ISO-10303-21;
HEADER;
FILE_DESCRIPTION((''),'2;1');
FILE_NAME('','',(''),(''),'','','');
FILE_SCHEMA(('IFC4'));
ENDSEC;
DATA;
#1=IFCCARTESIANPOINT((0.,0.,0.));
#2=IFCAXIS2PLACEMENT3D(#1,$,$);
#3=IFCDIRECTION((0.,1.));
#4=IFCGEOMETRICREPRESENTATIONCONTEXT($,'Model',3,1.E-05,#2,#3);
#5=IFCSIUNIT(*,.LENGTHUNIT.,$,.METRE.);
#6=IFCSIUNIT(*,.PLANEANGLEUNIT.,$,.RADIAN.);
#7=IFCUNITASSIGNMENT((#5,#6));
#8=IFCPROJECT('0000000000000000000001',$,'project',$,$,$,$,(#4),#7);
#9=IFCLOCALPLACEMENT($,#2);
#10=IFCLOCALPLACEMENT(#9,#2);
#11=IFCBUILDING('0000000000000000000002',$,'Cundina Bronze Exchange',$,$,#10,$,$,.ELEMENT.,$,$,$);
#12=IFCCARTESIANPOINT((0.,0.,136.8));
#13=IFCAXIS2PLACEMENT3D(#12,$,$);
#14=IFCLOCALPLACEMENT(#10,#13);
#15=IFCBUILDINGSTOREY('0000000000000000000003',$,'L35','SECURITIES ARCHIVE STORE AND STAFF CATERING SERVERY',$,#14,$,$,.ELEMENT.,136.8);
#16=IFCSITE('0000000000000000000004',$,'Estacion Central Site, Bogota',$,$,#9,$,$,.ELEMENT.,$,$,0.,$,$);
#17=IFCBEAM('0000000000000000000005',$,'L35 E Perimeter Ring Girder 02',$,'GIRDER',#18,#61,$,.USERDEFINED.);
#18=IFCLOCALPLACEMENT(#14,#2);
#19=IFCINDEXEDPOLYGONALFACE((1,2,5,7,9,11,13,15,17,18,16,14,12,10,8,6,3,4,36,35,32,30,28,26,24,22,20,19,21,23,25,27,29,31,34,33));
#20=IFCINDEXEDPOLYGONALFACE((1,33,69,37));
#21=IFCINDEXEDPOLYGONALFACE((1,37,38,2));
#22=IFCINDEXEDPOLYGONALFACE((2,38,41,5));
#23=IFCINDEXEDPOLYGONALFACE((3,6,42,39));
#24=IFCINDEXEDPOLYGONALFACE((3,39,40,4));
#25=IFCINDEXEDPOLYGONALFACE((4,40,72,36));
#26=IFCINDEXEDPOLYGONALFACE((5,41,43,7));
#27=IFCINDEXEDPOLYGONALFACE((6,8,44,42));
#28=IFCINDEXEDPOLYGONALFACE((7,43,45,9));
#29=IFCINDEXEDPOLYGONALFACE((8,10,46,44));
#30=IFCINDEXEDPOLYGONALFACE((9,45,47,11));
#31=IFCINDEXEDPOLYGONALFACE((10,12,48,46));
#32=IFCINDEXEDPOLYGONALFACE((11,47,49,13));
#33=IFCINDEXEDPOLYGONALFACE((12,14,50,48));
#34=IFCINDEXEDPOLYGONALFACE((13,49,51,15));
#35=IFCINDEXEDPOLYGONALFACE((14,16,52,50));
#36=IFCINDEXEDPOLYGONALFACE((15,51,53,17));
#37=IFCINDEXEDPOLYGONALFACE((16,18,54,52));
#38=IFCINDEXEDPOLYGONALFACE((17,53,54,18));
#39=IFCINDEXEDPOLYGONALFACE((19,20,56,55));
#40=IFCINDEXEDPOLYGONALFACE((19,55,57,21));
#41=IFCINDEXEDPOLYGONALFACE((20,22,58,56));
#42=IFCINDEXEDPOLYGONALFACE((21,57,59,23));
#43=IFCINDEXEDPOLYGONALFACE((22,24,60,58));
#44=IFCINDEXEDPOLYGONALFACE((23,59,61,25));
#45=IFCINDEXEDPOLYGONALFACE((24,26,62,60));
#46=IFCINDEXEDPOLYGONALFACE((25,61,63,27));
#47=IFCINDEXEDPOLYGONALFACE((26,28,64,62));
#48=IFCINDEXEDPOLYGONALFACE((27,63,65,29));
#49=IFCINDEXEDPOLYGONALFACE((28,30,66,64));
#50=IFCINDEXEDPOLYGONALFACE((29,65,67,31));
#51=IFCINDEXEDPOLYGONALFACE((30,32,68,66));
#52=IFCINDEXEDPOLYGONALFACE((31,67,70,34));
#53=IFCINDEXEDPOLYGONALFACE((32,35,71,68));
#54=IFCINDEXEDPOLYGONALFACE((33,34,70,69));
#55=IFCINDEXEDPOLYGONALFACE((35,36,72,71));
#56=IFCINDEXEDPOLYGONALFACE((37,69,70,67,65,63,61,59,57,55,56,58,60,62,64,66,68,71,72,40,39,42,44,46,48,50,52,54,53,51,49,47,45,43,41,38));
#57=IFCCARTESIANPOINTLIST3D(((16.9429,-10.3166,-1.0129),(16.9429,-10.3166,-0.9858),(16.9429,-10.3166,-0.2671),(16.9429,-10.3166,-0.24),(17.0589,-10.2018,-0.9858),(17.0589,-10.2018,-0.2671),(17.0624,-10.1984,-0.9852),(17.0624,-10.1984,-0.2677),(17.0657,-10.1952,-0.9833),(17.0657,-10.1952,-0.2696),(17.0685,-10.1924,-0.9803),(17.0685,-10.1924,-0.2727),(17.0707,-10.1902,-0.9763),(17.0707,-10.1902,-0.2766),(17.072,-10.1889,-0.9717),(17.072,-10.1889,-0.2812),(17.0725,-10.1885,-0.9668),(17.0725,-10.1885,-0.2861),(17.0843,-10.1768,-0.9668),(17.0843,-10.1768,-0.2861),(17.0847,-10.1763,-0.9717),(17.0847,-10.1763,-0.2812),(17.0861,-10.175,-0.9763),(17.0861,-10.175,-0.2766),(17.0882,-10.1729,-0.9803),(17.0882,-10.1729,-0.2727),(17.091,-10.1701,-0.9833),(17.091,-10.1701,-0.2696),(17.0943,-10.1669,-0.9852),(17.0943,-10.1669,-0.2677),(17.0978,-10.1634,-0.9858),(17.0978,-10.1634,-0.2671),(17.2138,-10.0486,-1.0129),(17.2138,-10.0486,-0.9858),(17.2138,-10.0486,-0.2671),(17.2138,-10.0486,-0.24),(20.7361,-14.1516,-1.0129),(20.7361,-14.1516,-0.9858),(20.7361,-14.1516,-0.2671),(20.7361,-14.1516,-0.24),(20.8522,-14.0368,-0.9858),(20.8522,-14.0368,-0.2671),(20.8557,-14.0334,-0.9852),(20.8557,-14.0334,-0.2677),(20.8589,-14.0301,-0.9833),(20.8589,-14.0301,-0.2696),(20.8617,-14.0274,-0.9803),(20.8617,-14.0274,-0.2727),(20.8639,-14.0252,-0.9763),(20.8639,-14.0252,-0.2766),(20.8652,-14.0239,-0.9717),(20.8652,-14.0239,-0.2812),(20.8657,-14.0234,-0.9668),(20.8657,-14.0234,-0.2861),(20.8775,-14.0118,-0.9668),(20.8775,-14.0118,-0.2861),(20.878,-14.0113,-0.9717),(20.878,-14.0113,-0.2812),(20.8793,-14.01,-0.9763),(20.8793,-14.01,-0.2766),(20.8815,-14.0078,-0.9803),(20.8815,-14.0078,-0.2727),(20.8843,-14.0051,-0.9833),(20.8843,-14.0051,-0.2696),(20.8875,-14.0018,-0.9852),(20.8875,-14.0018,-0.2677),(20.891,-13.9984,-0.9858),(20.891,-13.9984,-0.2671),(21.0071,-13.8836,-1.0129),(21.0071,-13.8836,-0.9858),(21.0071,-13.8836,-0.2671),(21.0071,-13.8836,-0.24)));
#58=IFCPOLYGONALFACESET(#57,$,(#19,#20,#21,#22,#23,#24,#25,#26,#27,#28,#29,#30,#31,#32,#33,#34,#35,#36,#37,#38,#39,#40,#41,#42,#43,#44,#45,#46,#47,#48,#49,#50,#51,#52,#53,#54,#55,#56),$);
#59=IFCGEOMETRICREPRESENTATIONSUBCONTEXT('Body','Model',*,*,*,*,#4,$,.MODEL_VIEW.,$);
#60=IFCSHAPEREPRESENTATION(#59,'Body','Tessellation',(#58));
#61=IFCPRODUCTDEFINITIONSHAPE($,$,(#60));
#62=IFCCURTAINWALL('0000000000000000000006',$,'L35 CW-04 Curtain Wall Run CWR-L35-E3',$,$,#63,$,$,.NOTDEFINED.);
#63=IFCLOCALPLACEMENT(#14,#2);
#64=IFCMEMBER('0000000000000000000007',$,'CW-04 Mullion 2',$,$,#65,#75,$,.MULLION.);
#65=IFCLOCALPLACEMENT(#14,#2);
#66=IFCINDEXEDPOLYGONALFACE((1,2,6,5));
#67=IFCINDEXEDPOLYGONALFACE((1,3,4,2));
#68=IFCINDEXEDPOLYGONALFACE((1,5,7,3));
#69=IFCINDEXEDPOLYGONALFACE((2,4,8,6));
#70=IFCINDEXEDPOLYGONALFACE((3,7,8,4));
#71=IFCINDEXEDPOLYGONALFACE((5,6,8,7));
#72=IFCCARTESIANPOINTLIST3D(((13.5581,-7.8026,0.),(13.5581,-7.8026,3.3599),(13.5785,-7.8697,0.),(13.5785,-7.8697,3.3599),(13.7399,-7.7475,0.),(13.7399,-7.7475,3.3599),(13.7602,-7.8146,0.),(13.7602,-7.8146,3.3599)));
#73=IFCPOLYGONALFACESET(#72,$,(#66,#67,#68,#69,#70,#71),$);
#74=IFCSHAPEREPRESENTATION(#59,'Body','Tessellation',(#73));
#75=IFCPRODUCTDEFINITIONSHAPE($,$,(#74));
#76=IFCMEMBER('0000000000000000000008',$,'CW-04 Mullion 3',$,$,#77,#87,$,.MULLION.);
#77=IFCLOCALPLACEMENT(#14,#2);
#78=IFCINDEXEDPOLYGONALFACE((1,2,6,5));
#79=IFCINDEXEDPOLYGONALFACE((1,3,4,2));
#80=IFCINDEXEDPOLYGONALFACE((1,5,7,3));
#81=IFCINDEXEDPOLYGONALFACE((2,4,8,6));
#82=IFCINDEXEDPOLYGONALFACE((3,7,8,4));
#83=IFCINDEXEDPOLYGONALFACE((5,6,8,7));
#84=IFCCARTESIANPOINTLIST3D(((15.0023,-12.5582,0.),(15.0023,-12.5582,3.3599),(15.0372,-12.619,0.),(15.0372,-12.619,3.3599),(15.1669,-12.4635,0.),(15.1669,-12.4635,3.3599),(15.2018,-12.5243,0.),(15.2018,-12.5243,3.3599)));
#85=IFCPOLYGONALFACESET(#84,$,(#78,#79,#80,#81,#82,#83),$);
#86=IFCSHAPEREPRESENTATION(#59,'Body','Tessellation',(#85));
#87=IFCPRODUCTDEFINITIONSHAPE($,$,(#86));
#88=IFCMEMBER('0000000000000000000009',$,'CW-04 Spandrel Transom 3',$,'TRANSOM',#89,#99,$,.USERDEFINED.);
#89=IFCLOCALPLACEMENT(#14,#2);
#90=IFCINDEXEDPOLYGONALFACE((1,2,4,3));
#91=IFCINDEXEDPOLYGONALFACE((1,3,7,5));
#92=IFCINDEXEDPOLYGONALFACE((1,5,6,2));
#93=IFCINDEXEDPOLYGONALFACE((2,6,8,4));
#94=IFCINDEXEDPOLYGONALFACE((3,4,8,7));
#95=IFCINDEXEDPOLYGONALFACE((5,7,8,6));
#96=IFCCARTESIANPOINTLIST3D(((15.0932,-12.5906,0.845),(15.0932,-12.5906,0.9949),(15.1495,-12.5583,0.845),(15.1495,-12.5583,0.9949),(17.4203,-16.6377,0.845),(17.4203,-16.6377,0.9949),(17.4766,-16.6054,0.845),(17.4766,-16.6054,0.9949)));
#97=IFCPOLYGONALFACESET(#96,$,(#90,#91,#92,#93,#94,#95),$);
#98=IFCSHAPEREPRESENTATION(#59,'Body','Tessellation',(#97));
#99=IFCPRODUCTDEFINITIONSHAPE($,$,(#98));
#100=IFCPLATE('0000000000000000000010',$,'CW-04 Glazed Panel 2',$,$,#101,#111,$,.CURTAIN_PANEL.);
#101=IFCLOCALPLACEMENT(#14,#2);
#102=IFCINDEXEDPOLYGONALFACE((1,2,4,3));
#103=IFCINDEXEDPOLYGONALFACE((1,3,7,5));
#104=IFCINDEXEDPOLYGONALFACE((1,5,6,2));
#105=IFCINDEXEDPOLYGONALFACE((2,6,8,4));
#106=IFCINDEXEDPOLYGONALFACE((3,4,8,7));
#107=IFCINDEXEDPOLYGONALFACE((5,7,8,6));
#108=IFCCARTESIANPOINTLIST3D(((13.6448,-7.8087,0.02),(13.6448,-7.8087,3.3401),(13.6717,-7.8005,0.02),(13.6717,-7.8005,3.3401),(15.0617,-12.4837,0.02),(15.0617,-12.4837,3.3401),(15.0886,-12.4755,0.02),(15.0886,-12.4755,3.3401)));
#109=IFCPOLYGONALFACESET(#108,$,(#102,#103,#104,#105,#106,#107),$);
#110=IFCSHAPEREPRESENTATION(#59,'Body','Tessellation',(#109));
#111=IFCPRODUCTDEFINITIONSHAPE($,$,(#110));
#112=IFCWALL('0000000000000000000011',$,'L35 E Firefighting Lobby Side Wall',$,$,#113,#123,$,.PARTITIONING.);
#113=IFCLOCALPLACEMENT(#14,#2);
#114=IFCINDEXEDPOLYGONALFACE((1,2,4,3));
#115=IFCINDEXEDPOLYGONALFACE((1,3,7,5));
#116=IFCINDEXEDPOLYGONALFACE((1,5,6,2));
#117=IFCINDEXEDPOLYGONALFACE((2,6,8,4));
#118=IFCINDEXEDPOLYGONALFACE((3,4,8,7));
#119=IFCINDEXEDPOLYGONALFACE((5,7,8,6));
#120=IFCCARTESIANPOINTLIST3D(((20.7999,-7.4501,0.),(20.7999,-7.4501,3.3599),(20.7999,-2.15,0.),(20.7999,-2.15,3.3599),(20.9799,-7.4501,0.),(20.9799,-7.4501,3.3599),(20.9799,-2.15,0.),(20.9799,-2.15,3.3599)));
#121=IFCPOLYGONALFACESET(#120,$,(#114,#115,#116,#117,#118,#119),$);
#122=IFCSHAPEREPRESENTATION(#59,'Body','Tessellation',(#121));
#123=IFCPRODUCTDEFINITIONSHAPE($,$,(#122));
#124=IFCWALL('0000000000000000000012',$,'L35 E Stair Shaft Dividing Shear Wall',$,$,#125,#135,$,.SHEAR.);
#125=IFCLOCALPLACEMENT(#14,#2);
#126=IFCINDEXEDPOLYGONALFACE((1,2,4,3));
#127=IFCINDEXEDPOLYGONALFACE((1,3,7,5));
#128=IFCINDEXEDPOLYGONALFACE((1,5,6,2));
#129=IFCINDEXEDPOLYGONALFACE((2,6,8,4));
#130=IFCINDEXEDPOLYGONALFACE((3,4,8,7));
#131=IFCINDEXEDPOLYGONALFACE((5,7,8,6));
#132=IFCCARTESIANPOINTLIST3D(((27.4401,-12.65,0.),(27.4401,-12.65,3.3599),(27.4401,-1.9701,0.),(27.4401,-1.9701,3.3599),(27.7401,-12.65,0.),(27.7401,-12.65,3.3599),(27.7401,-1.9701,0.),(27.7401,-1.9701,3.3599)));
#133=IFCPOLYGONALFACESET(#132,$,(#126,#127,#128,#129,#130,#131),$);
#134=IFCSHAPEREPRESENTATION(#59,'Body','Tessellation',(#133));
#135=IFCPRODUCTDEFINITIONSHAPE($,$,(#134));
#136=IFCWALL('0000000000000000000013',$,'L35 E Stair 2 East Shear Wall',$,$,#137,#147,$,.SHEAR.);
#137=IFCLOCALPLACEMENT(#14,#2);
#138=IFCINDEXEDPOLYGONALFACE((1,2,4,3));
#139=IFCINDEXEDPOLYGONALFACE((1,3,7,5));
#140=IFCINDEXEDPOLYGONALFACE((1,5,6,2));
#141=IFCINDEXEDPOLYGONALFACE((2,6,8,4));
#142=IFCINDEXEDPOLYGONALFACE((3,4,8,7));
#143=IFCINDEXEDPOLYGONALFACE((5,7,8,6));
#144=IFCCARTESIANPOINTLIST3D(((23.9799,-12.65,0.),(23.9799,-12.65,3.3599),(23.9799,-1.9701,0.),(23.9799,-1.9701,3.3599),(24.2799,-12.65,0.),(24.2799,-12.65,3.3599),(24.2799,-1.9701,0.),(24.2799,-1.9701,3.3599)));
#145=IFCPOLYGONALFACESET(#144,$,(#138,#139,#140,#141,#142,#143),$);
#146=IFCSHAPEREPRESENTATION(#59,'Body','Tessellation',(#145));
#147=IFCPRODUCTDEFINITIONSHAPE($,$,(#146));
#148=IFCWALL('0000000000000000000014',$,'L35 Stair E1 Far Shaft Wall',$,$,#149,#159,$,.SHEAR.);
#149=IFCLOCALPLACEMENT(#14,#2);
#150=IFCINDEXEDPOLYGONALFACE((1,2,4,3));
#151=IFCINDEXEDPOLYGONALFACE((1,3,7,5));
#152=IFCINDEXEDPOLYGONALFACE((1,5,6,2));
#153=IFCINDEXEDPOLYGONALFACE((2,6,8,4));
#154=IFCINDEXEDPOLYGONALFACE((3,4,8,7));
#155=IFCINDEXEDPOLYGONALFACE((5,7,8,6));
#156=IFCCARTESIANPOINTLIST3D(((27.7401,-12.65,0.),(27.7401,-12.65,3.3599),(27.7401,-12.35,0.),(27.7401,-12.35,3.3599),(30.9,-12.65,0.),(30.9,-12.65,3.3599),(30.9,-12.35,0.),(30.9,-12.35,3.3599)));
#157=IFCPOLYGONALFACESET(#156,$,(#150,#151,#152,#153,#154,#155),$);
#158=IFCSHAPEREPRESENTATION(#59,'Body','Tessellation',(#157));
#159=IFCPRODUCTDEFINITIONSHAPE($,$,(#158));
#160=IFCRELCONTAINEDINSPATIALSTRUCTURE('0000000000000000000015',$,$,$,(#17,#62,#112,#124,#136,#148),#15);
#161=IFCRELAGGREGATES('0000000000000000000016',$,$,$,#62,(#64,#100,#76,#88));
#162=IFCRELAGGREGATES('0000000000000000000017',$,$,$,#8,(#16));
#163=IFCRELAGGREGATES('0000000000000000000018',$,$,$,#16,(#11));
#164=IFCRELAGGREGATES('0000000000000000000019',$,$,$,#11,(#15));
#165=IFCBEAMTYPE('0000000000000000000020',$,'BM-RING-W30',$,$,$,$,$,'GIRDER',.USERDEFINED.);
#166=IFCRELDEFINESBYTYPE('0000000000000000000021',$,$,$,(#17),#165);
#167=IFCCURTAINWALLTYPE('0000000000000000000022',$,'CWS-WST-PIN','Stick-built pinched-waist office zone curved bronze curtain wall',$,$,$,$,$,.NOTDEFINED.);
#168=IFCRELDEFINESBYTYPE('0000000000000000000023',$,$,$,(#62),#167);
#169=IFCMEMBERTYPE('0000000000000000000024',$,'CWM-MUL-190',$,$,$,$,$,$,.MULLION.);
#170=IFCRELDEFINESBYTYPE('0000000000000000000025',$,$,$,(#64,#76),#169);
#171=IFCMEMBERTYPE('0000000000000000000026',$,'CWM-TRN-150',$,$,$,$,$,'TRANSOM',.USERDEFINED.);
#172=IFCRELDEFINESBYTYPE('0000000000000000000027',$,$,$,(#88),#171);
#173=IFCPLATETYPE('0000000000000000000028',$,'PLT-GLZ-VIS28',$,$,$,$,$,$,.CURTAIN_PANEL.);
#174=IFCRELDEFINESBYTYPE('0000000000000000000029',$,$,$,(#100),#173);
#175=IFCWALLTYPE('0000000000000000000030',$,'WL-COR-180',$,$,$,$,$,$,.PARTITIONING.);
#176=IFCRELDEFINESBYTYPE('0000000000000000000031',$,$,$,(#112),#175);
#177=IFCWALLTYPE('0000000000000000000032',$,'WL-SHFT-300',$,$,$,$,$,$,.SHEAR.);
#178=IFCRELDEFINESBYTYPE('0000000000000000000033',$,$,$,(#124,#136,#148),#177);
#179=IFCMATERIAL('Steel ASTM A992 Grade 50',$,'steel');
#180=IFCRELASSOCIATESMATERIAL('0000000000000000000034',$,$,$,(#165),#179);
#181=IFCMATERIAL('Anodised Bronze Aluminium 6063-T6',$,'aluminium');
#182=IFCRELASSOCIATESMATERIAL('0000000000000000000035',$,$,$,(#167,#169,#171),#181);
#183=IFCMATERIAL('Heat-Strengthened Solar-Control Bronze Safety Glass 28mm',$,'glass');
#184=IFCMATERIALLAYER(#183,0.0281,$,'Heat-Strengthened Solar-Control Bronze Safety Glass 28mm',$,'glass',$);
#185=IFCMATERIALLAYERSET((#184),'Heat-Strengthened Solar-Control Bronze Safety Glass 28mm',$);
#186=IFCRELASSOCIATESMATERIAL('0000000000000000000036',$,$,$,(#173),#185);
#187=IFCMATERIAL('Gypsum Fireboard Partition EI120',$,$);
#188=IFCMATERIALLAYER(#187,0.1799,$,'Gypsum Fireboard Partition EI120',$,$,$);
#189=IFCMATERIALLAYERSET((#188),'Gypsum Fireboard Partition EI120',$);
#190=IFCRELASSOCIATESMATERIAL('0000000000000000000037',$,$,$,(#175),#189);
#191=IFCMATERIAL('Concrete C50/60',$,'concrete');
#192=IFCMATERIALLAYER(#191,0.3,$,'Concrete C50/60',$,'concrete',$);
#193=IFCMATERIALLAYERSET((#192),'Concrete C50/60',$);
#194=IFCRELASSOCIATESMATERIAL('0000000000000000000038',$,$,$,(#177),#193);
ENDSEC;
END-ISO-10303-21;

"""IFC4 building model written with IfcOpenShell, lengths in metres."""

from ifc_helpers import new_model, si_unit, direction, frame, frame_2d, origin, origin_2d, place, context, subcontext, project, spatial, rectangle, i_section, extrude, material, layer, layer_set, material_profile, profile_set, type_object, element, aggregate, save


model = new_model("IFC4")

# Units and contexts
model_context = context("Model", 3, precision=1e-05, world=origin(), true_north=direction((0.0, 1.0)))
body_context = subcontext(model_context, "Body", "Model", "MODEL_VIEW")
ifc_project = project(units=[si_unit("LENGTHUNIT", "METRE"), si_unit("PLANEANGLEUNIT", "RADIAN")], contexts=[model_context])

# Site, building, storey
site_placement = place(None, origin())
site = spatial("IfcSite", under=ifc_project, at=site_placement, Name="Estacion Central Site, Bogota", CompositionType="ELEMENT", RefElevation=0.0)
building_placement = place(site_placement, origin())
building = spatial("IfcBuilding", under=site, at=building_placement, Name="Cundina Bronze Exchange", CompositionType="ELEMENT")
storey_placement = place(building_placement, frame((0.0, 0.0, 136.8)))
storey = spatial("IfcBuildingStorey", under=building, at=storey_placement, Name="L35", Description="SECURITIES ARCHIVE STORE AND STAFF CATERING SERVERY", CompositionType="ELEMENT", Elevation=136.8)

# Shared definitions
ifc_material_1 = material(Name="Concrete C50/60", Category="concrete")

# Beam
ifc_material_2 = material(Name="Steel ASTM A992 Grade 50", Category="steel")
ifc_material_profile_1 = material_profile(ifc_material_2, i_section(OverallWidth=0.3811, OverallDepth=0.7729, WebThickness=0.0166, FlangeThickness=0.0271, FilletRadius=0.019, at=origin_2d()), Name="W30X173", Category="steel")
ifc_profile_set_1 = profile_set([ifc_material_profile_1], Name="Steel ASTM A992 Grade 50")
beam_type_1 = type_object("IfcBeamType", Name="BM-RING-W30", ElementType="GIRDER", PredefinedType="USERDEFINED", material=ifc_profile_set_1)
beam_1_placement = place(storey_placement, frame((17.0784, -10.1826, -0.6265), z_axis=(0.703226, -0.710966, 0.0), x_axis=(0.710966, 0.703226, 0.0)))
element("IfcBeam", 1, at=beam_1_placement, inside=storey, type_object=beam_type_1, Name="L35 E Perimeter Ring Girder 02", ObjectType="GIRDER", PredefinedType="USERDEFINED", context=body_context, shape_type="SweptSolid", body=[
    extrude(i_section(OverallWidth=0.3811, OverallDepth=0.7729, WebThickness=0.0166, FlangeThickness=0.0271, FilletRadius=0.019, at=origin_2d()), origin(), (0.0, 0.0, 1.0), 5.394),
])

# Curtain wall, members, plate
ifc_material_3 = material(Name="Anodised Bronze Aluminium 6063-T6", Category="aluminium")
curtain_wall_type = type_object("IfcCurtainWallType", Name="CWS-WST-PIN", Description="Stick-built pinched-waist office zone curved bronze curtain wall", PredefinedType="NOTDEFINED", material=ifc_material_3)
curtain_wall_placement = place(storey_placement, origin())
curtain_wall = element("IfcCurtainWall", 2, at=curtain_wall_placement, inside=storey, type_object=curtain_wall_type, Name="L35 CW-04 Curtain Wall Run CWR-L35-E3", PredefinedType="NOTDEFINED")
ifc_material_profile_2 = material_profile(ifc_material_3, rectangle(XDim=0.0701, YDim=0.1899, at=origin_2d()), Name="AL70X190", Category="aluminium")
ifc_profile_set_2 = profile_set([ifc_material_profile_2], Name="Anodised Bronze Aluminium 6063-T6")
member_type_1 = type_object("IfcMemberType", Name="CWM-MUL-190", PredefinedType="MULLION", material=ifc_profile_set_2)
member_1_placement = place(storey_placement, frame((13.6592, -7.8086, 0.0), z_axis=(0.0, 0.0, 1.0), x_axis=(0.290034, -0.957016, 0.0)))
member_1 = element("IfcMember", 3, at=member_1_placement, type_object=member_type_1, Name="CW-04 Mullion 2", PredefinedType="MULLION", context=body_context, shape_type="SweptSolid", body=[
    extrude(rectangle(XDim=0.0701, YDim=0.1899, at=origin_2d()), origin(), (0.0, 0.0, 1.0), 3.3599),
])
member_2_placement = place(storey_placement, frame((15.1021, -12.5413, 0.0), z_axis=(0.0, 0.0, 1.0), x_axis=(0.498488, -0.866897, 0.0)))
member_2 = element("IfcMember", 4, at=member_2_placement, type_object=member_type_1, Name="CW-04 Mullion 3", PredefinedType="MULLION", context=body_context, shape_type="SweptSolid", body=[
    extrude(rectangle(XDim=0.0701, YDim=0.1899, at=origin_2d()), origin(), (0.0, 0.0, 1.0), 3.3599),
])
ifc_material_profile_3 = material_profile(ifc_material_3, rectangle(XDim=0.0649, YDim=0.1499, at=origin_2d()), Name="AL65X150", Category="aluminium")
ifc_profile_set_3 = profile_set([ifc_material_profile_3], Name="Anodised Bronze Aluminium 6063-T6")
member_type_2 = type_object("IfcMemberType", Name="CWM-TRN-150", ElementType="TRANSOM", PredefinedType="USERDEFINED", material=ifc_profile_set_3)
member_3_placement = place(storey_placement, frame((15.1213, -12.5745, 0.9199), z_axis=(0.49848, -0.866901, 0.0), x_axis=(0.866901, 0.49848, 0.0)))
member_3 = element("IfcMember", 5, at=member_3_placement, type_object=member_type_2, Name="CW-04 Spandrel Transom 3", ObjectType="TRANSOM", PredefinedType="USERDEFINED", context=body_context, shape_type="SweptSolid", body=[
    extrude(rectangle(XDim=0.0649, YDim=0.1499, at=origin_2d()), origin(), (0.0, 0.0, 1.0), 4.6685),
])
ifc_material_4 = material(Name="Heat-Strengthened Solar-Control Bronze Safety Glass 28mm", Category="glass")
ifc_layer_1 = layer(ifc_material_4, 0.0281, Name="Heat-Strengthened Solar-Control Bronze Safety Glass 28mm", Category="glass")
ifc_layer_set_1 = layer_set([ifc_layer_1], Name="Heat-Strengthened Solar-Control Bronze Safety Glass 28mm")
plate_type = type_object("IfcPlateType", Name="PLT-GLZ-VIS28", PredefinedType="CURTAIN_PANEL", material=ifc_layer_set_1)
plate_placement = place(storey_placement, frame((14.3667, -10.1421, 0.02), z_axis=(0.0, 0.0, 1.0), x_axis=(0.290051, -0.957011, 0.0)))
plate = element("IfcPlate", 6, at=plate_placement, type_object=plate_type, Name="CW-04 Glazed Panel 2", PredefinedType="CURTAIN_PANEL", context=body_context, shape_type="SweptSolid", body=[
    extrude(rectangle(XDim=4.885, YDim=0.0281, at=origin_2d()), origin(), (0.0, 0.0, 1.0), 3.3201),
])
aggregate(curtain_wall, [member_1, plate, member_2, member_3])

# Walls
ifc_material_5 = material(Name="Gypsum Fireboard Partition EI120")
ifc_layer_2 = layer(ifc_material_5, 0.1799, Name="Gypsum Fireboard Partition EI120")
ifc_layer_set_2 = layer_set([ifc_layer_2], Name="Gypsum Fireboard Partition EI120")
wall_type_1 = type_object("IfcWallType", Name="WL-COR-180", PredefinedType="PARTITIONING", material=ifc_layer_set_2)
wall_1_placement = place(storey_placement, frame((20.8899, -7.45, 0.0), z_axis=(0.0, 0.0, 1.0), x_axis=(0.0, 1.0, 0.0)))
element("IfcWall", 7, at=wall_1_placement, inside=storey, type_object=wall_type_1, Name="L35 E Firefighting Lobby Side Wall", PredefinedType="PARTITIONING", context=body_context, shape_type="SweptSolid", body=[
    extrude(rectangle(XDim=5.3, YDim=0.1799, at=frame_2d((2.6499, 0.0))), origin(), (0.0, 0.0, 1.0), 3.3599),
])
ifc_layer_3 = layer(ifc_material_1, 0.3, Name="Concrete C50/60", Category="concrete")
ifc_layer_set_3 = layer_set([ifc_layer_3], Name="Concrete C50/60")
wall_type_2 = type_object("IfcWallType", Name="WL-SHFT-300", PredefinedType="SHEAR", material=ifc_layer_set_3)
for number, where, z_axis, x_axis, name in (
    (8, (27.5901, -12.6499, 0.0), (0.0, 0.0, 1.0), (0.0, 1.0, 0.0), "L35 E Stair Shaft Dividing Shear Wall"),
    (9, (24.1299, -12.6499, 0.0), (0.0, 0.0, 1.0), (0.0, 1.0, 0.0), "L35 E Stair 2 East Shear Wall"),
):
    element("IfcWall", number, at=place(storey_placement, frame(where, z_axis=z_axis, x_axis=x_axis)), inside=storey, type_object=wall_type_2, Name=name, PredefinedType="SHEAR", context=body_context, shape_type="SweptSolid", body=[
        extrude(rectangle(XDim=10.6799, YDim=0.3, at=frame_2d((5.3398, 0.0))), origin(), (0.0, 0.0, 1.0), 3.3599),
    ])
wall_2_placement = place(storey_placement, frame((27.74, -12.5, 0.0), z_axis=(0.0, 0.0, 1.0), x_axis=(1.0, 0.0, 0.0)))
element("IfcWall", 10, at=wall_2_placement, inside=storey, type_object=wall_type_2, Name="L35 Stair E1 Far Shaft Wall", PredefinedType="SHEAR", context=body_context, shape_type="SweptSolid", body=[
    extrude(rectangle(XDim=3.1599, YDim=0.3, at=frame_2d((1.5801, 0.0))), origin(), (0.0, 0.0, 1.0), 3.3599),
])

save(model, "model.ifc")
